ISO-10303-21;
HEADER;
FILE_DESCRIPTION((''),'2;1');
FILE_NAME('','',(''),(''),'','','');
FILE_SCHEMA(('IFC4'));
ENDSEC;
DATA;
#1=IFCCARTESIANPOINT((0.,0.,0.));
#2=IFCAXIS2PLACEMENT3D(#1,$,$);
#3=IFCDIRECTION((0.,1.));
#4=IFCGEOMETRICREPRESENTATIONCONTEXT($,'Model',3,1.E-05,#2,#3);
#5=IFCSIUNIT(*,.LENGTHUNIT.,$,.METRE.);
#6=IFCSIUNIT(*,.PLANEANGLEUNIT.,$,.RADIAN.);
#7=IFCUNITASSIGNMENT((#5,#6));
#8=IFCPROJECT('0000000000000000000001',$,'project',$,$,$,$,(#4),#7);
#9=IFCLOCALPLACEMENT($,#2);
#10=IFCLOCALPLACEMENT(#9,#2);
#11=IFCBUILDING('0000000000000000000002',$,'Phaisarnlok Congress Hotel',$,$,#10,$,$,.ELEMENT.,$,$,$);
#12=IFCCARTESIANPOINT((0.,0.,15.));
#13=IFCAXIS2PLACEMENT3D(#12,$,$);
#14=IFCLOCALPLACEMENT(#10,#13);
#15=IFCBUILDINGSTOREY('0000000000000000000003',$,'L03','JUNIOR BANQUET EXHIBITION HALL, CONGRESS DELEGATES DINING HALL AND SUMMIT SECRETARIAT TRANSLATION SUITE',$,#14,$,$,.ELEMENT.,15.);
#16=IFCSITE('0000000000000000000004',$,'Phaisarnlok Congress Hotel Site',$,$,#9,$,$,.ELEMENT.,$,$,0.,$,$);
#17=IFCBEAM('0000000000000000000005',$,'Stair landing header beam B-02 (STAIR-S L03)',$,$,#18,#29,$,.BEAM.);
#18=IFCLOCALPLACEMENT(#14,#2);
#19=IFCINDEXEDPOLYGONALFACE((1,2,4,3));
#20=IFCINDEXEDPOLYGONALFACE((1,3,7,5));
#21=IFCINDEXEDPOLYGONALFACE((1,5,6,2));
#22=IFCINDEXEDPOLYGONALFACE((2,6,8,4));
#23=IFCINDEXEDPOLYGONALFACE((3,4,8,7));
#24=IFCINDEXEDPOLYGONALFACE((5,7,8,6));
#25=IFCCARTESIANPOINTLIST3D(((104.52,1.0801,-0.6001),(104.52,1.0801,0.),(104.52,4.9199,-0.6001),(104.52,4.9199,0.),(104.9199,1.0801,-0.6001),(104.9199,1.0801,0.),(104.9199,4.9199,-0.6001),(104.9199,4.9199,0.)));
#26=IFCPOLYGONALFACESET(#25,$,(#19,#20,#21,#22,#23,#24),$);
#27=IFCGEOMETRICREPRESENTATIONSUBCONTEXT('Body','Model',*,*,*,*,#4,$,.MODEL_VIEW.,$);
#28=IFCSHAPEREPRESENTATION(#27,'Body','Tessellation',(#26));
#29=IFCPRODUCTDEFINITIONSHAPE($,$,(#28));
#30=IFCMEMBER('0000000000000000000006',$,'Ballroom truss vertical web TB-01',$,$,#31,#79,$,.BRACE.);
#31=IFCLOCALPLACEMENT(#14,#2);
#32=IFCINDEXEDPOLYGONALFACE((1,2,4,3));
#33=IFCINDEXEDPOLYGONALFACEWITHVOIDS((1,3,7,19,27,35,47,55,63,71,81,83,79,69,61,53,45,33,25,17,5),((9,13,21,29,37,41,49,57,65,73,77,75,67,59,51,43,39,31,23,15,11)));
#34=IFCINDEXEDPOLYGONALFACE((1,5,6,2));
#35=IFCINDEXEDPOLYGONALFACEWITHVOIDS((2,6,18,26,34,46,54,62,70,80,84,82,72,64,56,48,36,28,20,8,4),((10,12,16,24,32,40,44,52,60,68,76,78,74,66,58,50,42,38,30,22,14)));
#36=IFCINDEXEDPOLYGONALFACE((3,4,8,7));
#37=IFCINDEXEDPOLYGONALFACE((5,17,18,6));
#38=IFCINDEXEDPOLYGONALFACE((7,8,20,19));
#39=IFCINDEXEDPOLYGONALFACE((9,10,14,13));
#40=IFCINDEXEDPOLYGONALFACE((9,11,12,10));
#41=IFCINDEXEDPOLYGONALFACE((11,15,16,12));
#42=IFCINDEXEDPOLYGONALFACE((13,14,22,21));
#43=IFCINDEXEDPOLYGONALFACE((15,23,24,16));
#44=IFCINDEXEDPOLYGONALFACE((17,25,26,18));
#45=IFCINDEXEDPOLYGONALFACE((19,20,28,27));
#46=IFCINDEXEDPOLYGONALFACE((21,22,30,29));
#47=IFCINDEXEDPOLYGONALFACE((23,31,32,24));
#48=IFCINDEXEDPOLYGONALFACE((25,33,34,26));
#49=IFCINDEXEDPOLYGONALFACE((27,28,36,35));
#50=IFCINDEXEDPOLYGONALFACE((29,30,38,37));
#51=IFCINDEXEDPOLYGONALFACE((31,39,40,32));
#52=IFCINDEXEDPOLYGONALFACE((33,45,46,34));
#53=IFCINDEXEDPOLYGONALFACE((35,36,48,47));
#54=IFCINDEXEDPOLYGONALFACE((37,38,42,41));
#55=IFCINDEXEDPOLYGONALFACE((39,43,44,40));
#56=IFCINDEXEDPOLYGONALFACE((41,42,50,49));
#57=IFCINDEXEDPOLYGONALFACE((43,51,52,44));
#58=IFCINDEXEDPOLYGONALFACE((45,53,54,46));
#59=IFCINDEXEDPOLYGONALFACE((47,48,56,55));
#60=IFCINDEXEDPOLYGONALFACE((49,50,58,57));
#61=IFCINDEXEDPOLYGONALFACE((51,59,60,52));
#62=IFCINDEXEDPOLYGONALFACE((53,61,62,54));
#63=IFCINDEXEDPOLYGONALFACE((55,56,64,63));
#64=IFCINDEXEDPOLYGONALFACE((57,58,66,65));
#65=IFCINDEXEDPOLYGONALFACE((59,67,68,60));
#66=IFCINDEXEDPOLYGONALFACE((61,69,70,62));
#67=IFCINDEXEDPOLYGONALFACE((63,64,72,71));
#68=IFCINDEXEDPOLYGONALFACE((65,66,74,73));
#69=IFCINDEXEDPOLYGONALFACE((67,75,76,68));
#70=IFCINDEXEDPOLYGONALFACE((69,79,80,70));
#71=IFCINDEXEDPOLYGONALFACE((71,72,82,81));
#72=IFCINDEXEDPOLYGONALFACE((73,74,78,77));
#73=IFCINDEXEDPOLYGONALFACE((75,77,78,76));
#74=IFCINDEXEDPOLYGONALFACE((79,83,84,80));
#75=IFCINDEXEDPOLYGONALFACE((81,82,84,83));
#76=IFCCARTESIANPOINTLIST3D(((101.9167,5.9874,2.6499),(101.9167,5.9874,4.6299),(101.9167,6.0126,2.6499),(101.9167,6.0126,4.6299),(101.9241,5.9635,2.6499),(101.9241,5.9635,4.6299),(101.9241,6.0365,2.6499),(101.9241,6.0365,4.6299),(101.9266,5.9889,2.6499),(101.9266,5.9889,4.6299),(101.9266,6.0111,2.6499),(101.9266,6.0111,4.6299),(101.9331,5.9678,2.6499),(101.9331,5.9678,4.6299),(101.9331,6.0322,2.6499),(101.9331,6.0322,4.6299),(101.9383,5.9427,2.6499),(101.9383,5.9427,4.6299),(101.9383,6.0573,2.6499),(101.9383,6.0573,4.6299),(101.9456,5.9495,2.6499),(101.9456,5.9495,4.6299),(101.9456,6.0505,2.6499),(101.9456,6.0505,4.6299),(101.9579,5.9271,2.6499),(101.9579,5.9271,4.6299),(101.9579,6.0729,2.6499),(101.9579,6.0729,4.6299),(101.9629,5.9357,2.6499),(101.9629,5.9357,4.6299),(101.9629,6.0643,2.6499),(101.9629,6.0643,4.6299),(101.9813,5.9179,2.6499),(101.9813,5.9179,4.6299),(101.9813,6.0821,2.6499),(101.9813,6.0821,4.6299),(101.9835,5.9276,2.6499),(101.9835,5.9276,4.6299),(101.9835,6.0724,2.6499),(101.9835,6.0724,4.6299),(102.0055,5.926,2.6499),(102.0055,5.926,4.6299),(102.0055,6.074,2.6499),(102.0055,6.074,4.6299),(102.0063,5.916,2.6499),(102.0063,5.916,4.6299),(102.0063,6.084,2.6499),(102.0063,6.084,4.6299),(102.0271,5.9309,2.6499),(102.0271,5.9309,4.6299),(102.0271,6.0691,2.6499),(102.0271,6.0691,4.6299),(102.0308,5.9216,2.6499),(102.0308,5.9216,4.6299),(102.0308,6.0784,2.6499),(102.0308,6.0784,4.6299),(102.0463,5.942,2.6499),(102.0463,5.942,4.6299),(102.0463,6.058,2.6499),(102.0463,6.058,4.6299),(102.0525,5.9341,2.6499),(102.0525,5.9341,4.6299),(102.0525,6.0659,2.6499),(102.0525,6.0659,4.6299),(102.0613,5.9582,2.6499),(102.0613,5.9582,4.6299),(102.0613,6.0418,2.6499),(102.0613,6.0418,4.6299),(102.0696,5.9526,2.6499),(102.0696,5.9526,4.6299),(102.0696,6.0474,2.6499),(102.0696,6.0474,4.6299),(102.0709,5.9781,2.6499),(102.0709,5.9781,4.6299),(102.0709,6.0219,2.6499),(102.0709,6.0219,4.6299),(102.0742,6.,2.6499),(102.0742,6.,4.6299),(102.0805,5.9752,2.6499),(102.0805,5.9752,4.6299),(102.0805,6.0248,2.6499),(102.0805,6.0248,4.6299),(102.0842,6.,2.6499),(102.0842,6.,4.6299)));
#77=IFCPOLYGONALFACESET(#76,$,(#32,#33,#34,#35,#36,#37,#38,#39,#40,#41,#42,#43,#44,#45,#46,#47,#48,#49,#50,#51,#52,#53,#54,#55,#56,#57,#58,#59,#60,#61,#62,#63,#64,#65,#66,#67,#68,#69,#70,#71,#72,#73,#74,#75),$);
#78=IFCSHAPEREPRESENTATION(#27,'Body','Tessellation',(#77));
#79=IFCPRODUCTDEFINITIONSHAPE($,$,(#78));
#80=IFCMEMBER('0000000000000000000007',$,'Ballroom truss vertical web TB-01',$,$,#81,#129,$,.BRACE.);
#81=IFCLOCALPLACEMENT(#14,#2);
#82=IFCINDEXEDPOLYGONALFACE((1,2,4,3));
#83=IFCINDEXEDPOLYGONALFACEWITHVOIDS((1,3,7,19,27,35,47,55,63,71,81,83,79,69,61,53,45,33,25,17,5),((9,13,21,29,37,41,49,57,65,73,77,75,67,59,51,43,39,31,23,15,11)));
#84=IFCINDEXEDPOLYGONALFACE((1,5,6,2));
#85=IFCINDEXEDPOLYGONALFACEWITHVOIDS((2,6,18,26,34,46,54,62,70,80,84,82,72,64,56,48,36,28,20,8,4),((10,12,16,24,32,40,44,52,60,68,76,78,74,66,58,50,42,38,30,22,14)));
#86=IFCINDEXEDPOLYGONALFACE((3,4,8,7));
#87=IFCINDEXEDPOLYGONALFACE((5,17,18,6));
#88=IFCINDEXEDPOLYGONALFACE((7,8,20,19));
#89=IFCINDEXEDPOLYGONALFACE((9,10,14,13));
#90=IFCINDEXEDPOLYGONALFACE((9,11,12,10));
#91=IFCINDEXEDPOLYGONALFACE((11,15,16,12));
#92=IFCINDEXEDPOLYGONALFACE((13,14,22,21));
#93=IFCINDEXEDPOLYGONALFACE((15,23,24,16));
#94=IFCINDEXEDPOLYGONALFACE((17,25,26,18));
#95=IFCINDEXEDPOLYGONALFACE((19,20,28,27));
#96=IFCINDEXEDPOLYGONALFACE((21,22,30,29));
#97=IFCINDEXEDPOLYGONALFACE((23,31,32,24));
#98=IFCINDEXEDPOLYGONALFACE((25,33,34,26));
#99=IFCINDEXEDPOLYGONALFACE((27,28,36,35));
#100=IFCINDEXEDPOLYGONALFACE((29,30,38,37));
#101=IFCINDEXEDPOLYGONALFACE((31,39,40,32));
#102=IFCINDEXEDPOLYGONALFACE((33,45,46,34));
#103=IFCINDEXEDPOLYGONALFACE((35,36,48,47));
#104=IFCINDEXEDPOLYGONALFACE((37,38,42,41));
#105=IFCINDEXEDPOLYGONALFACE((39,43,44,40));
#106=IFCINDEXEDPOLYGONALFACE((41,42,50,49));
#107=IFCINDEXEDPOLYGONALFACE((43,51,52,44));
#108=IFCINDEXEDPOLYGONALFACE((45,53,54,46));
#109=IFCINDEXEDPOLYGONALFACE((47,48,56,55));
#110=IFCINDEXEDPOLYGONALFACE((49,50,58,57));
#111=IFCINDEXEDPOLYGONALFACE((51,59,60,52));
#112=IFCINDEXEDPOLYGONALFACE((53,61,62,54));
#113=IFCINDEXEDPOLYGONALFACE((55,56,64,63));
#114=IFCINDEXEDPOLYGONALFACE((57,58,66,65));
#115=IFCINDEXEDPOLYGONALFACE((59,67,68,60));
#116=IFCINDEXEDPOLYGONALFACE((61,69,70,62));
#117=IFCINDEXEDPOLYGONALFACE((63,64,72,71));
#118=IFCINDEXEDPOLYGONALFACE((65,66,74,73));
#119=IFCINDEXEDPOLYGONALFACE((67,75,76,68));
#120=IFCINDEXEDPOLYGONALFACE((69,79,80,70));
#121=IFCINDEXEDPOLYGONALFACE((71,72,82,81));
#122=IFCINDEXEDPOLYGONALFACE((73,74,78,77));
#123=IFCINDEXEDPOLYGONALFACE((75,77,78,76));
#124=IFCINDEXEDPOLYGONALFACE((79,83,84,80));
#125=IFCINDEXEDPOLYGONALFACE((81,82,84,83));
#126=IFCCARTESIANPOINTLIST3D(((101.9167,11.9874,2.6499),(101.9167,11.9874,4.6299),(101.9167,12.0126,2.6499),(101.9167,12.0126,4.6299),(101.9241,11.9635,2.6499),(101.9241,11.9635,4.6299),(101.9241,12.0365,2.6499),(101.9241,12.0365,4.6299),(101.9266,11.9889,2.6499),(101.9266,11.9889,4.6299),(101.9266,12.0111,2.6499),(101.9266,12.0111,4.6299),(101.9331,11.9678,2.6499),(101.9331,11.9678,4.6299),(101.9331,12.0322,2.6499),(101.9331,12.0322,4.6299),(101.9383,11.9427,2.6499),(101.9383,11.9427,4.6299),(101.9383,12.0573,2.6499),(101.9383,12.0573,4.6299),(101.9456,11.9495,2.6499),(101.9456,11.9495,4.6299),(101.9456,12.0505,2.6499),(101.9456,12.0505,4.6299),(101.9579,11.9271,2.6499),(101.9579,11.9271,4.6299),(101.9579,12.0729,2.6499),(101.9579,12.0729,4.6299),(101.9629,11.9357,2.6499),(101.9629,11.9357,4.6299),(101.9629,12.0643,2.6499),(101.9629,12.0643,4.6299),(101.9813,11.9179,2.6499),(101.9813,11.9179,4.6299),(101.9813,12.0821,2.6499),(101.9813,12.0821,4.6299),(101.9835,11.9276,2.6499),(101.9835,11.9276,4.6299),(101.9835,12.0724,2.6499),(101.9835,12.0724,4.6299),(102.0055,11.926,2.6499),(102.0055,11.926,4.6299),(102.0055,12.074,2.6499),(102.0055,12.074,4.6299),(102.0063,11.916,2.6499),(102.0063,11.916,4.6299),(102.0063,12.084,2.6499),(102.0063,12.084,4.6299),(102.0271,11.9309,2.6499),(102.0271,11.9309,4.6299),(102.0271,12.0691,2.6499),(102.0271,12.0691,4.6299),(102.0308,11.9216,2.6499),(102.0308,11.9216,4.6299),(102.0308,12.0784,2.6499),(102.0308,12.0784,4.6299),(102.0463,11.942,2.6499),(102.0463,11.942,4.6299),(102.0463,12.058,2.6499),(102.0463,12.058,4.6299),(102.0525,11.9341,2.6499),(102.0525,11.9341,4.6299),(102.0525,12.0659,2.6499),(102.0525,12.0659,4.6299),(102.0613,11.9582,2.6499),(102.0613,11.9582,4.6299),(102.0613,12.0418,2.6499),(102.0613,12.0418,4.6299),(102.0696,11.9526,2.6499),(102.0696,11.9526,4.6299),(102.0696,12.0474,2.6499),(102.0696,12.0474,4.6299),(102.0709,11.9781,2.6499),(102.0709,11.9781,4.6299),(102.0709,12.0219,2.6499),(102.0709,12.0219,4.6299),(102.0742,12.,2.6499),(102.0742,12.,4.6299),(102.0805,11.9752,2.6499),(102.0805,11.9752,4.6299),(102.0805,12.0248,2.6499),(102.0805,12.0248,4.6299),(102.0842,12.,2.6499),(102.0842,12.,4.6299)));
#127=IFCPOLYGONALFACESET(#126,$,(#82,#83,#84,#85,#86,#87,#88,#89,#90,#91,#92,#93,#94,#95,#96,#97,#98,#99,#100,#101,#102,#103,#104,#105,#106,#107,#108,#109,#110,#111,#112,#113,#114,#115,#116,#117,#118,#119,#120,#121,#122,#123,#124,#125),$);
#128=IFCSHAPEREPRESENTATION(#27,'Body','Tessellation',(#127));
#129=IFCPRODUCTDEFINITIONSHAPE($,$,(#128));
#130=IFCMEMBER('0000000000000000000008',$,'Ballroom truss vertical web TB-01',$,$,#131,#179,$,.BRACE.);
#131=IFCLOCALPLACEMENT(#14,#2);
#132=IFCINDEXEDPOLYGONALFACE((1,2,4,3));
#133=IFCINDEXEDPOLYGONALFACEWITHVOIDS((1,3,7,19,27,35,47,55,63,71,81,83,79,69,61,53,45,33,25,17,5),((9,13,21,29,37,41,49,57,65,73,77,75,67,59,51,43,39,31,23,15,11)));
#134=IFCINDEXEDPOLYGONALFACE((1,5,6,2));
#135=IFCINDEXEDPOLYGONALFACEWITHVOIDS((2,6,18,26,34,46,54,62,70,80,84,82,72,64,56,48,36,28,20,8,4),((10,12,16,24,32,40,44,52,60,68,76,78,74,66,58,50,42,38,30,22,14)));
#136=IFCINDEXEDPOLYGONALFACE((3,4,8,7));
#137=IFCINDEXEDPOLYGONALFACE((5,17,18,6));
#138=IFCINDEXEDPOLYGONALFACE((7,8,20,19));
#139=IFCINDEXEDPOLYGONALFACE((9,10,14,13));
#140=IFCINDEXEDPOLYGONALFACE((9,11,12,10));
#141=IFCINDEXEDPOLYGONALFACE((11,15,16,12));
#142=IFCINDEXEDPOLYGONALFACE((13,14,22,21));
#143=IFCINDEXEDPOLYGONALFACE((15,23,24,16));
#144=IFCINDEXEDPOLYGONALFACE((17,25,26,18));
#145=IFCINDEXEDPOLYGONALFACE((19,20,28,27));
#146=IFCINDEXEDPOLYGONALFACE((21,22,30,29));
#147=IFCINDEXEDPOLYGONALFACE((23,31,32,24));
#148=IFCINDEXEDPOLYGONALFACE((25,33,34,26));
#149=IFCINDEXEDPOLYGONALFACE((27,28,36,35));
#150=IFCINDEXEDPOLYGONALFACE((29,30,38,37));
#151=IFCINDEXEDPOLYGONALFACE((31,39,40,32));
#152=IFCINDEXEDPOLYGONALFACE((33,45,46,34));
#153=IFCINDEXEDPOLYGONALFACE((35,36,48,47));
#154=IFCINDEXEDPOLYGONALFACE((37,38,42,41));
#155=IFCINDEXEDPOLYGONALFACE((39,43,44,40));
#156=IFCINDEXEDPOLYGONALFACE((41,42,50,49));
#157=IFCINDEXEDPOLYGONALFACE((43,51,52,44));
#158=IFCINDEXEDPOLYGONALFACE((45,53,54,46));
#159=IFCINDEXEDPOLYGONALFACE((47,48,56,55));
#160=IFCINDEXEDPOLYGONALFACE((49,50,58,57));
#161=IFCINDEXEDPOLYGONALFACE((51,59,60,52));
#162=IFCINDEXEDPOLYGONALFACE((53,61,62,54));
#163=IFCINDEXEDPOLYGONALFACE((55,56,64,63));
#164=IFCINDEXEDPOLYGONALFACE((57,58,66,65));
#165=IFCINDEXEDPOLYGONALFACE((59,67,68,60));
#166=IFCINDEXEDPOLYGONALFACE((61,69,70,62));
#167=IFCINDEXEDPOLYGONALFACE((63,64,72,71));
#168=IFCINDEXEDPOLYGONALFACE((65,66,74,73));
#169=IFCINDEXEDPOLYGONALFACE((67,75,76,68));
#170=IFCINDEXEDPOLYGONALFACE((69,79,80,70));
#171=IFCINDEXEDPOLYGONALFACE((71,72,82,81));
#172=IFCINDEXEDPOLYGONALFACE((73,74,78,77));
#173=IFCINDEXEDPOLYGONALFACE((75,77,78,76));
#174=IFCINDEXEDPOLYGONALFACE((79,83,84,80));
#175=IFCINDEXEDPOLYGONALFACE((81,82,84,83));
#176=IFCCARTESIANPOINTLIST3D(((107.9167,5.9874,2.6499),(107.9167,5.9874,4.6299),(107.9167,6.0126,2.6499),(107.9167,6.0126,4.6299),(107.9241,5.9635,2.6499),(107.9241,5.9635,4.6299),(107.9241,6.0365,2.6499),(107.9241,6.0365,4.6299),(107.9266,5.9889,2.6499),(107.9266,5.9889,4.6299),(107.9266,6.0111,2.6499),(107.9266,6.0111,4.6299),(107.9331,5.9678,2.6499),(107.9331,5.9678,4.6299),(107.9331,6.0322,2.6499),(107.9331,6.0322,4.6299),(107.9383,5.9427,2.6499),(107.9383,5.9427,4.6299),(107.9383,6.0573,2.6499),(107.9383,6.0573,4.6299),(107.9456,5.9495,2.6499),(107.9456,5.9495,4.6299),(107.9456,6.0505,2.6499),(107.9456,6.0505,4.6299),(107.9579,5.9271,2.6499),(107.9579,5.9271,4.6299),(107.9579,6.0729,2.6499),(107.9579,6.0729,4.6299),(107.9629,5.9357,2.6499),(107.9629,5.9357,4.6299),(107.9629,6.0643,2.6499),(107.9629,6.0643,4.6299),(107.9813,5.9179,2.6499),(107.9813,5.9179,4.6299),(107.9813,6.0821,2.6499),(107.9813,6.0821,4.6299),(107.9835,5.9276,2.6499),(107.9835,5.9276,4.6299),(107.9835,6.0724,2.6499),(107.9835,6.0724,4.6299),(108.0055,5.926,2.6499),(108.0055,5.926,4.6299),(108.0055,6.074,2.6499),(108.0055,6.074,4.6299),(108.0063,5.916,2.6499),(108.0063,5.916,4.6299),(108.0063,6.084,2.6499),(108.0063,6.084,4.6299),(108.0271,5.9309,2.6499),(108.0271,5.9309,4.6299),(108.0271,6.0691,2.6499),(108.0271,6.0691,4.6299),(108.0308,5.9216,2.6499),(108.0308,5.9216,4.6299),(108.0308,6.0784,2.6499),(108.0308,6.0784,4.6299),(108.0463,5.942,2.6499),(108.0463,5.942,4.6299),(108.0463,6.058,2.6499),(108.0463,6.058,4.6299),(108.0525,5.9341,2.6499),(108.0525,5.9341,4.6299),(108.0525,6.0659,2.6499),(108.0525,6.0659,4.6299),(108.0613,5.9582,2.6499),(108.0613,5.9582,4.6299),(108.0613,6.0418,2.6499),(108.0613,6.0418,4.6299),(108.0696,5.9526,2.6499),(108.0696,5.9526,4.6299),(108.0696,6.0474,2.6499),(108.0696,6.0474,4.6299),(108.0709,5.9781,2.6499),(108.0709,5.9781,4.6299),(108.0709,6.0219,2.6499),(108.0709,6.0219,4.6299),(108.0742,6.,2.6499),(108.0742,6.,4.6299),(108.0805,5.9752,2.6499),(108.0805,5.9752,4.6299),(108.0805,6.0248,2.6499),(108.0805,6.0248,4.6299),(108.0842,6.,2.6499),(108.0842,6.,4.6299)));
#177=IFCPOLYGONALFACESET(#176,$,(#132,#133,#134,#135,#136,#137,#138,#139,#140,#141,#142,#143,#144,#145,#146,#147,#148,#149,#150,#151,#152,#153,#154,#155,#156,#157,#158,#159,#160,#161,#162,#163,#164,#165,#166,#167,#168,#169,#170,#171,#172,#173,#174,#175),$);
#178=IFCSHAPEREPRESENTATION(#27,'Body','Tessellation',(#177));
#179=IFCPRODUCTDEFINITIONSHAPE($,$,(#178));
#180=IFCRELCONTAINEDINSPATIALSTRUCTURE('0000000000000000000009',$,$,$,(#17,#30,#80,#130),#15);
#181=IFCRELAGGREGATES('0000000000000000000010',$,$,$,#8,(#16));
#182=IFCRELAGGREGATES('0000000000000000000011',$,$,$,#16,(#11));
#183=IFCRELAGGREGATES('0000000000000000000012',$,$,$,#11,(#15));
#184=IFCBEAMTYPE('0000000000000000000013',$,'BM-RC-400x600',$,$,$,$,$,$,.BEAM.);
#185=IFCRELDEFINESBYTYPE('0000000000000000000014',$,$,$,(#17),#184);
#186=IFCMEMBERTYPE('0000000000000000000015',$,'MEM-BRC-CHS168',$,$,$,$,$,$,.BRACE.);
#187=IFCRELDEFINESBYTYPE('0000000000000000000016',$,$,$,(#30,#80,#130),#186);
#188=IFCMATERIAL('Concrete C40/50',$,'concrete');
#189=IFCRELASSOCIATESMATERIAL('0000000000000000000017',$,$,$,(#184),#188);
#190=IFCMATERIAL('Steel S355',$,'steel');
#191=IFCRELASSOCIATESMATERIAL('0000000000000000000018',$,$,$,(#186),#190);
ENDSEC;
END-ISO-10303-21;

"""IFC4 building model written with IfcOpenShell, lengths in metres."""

from ifc_helpers import new_model, si_unit, direction, frame, origin, origin_2d, place, context, subcontext, project, spatial, rectangle, hollow_circle, extrude, material, material_profile, profile_set, type_object, element, save


model = new_model("IFC4")

# Units and contexts
model_context = context("Model", 3, precision=1e-05, world=origin(), true_north=direction((0.0, 1.0)))
body_context = subcontext(model_context, "Body", "Model", "MODEL_VIEW")
ifc_project = project(units=[si_unit("LENGTHUNIT", "METRE"), si_unit("PLANEANGLEUNIT", "RADIAN")], contexts=[model_context])

# Site, building, storey
site_placement = place(None, origin())
site = spatial("IfcSite", under=ifc_project, at=site_placement, Name="Phaisarnlok Congress Hotel Site", CompositionType="ELEMENT", RefElevation=0.0)
building_placement = place(site_placement, origin())
building = spatial("IfcBuilding", under=site, at=building_placement, Name="Phaisarnlok Congress Hotel", CompositionType="ELEMENT")
storey_placement = place(building_placement, frame((0.0, 0.0, 15.0)))
storey = spatial("IfcBuildingStorey", under=building, at=storey_placement, Name="L03", Description="JUNIOR BANQUET EXHIBITION HALL, CONGRESS DELEGATES DINING HALL AND SUMMIT SECRETARIAT TRANSLATION SUITE", CompositionType="ELEMENT", Elevation=15.0)

# Beam
ifc_material_1 = material(Name="Concrete C40/50", Category="concrete")
ifc_material_profile_1 = material_profile(ifc_material_1, rectangle(XDim=0.3999, YDim=0.6001, at=origin_2d()), Name="RC 400x600")
ifc_profile_set_1 = profile_set([ifc_material_profile_1], Name="Concrete C40/50")
beam_type = type_object("IfcBeamType", Name="BM-RC-400x600", PredefinedType="BEAM", material=ifc_profile_set_1)
beam_placement = place(storey_placement, frame((104.72, 1.0801, -0.3), z_axis=(0.0, 1.0, 0.0), x_axis=(-1.0, 0.0, 0.0)))
element("IfcBeam", 1, at=beam_placement, inside=storey, type_object=beam_type, Name="Stair landing header beam B-02 (STAIR-S L03)", PredefinedType="BEAM", context=body_context, shape_type="SweptSolid", body=[
    extrude(rectangle(XDim=0.3999, YDim=0.6001, at=origin_2d()), origin(), (0.0, 0.0, 1.0), 3.8398),
])

# Members
ifc_material_2 = material(Name="Steel S355", Category="steel")
ifc_material_profile_2 = material_profile(ifc_material_2, hollow_circle(Radius=0.0842, WallThickness=0.01, at=origin_2d()), Name="CHS 168.3x10")
ifc_profile_set_2 = profile_set([ifc_material_profile_2], Name="Steel S355")
member_type_1 = type_object("IfcMemberType", Name="MEM-BRC-CHS168", PredefinedType="BRACE", material=ifc_profile_set_2)
for number, where, z_axis, x_axis, name in (
    (2, (102.0, 6.0, 2.6499), (0.0, 0.0, 1.0), (1.0, 0.0, 0.0), "Ballroom truss vertical web TB-01"),
    (3, (102.0, 12.0, 2.6499), (0.0, 0.0, 1.0), (1.0, 0.0, 0.0), "Ballroom truss vertical web TB-01"),
    (4, (108.0, 6.0, 2.6499), (0.0, 0.0, 1.0), (1.0, 0.0, 0.0), "Ballroom truss vertical web TB-01"),
):
    element("IfcMember", number, at=place(storey_placement, frame(where, z_axis=z_axis, x_axis=x_axis)), inside=storey, type_object=member_type_1, Name=name, PredefinedType="BRACE", context=body_context, shape_type="SweptSolid", body=[
        extrude(hollow_circle(Radius=0.0842, WallThickness=0.01, at=origin_2d()), origin(), (0.0, 0.0, 1.0), 1.98),
    ])

save(model, "model.ifc")
